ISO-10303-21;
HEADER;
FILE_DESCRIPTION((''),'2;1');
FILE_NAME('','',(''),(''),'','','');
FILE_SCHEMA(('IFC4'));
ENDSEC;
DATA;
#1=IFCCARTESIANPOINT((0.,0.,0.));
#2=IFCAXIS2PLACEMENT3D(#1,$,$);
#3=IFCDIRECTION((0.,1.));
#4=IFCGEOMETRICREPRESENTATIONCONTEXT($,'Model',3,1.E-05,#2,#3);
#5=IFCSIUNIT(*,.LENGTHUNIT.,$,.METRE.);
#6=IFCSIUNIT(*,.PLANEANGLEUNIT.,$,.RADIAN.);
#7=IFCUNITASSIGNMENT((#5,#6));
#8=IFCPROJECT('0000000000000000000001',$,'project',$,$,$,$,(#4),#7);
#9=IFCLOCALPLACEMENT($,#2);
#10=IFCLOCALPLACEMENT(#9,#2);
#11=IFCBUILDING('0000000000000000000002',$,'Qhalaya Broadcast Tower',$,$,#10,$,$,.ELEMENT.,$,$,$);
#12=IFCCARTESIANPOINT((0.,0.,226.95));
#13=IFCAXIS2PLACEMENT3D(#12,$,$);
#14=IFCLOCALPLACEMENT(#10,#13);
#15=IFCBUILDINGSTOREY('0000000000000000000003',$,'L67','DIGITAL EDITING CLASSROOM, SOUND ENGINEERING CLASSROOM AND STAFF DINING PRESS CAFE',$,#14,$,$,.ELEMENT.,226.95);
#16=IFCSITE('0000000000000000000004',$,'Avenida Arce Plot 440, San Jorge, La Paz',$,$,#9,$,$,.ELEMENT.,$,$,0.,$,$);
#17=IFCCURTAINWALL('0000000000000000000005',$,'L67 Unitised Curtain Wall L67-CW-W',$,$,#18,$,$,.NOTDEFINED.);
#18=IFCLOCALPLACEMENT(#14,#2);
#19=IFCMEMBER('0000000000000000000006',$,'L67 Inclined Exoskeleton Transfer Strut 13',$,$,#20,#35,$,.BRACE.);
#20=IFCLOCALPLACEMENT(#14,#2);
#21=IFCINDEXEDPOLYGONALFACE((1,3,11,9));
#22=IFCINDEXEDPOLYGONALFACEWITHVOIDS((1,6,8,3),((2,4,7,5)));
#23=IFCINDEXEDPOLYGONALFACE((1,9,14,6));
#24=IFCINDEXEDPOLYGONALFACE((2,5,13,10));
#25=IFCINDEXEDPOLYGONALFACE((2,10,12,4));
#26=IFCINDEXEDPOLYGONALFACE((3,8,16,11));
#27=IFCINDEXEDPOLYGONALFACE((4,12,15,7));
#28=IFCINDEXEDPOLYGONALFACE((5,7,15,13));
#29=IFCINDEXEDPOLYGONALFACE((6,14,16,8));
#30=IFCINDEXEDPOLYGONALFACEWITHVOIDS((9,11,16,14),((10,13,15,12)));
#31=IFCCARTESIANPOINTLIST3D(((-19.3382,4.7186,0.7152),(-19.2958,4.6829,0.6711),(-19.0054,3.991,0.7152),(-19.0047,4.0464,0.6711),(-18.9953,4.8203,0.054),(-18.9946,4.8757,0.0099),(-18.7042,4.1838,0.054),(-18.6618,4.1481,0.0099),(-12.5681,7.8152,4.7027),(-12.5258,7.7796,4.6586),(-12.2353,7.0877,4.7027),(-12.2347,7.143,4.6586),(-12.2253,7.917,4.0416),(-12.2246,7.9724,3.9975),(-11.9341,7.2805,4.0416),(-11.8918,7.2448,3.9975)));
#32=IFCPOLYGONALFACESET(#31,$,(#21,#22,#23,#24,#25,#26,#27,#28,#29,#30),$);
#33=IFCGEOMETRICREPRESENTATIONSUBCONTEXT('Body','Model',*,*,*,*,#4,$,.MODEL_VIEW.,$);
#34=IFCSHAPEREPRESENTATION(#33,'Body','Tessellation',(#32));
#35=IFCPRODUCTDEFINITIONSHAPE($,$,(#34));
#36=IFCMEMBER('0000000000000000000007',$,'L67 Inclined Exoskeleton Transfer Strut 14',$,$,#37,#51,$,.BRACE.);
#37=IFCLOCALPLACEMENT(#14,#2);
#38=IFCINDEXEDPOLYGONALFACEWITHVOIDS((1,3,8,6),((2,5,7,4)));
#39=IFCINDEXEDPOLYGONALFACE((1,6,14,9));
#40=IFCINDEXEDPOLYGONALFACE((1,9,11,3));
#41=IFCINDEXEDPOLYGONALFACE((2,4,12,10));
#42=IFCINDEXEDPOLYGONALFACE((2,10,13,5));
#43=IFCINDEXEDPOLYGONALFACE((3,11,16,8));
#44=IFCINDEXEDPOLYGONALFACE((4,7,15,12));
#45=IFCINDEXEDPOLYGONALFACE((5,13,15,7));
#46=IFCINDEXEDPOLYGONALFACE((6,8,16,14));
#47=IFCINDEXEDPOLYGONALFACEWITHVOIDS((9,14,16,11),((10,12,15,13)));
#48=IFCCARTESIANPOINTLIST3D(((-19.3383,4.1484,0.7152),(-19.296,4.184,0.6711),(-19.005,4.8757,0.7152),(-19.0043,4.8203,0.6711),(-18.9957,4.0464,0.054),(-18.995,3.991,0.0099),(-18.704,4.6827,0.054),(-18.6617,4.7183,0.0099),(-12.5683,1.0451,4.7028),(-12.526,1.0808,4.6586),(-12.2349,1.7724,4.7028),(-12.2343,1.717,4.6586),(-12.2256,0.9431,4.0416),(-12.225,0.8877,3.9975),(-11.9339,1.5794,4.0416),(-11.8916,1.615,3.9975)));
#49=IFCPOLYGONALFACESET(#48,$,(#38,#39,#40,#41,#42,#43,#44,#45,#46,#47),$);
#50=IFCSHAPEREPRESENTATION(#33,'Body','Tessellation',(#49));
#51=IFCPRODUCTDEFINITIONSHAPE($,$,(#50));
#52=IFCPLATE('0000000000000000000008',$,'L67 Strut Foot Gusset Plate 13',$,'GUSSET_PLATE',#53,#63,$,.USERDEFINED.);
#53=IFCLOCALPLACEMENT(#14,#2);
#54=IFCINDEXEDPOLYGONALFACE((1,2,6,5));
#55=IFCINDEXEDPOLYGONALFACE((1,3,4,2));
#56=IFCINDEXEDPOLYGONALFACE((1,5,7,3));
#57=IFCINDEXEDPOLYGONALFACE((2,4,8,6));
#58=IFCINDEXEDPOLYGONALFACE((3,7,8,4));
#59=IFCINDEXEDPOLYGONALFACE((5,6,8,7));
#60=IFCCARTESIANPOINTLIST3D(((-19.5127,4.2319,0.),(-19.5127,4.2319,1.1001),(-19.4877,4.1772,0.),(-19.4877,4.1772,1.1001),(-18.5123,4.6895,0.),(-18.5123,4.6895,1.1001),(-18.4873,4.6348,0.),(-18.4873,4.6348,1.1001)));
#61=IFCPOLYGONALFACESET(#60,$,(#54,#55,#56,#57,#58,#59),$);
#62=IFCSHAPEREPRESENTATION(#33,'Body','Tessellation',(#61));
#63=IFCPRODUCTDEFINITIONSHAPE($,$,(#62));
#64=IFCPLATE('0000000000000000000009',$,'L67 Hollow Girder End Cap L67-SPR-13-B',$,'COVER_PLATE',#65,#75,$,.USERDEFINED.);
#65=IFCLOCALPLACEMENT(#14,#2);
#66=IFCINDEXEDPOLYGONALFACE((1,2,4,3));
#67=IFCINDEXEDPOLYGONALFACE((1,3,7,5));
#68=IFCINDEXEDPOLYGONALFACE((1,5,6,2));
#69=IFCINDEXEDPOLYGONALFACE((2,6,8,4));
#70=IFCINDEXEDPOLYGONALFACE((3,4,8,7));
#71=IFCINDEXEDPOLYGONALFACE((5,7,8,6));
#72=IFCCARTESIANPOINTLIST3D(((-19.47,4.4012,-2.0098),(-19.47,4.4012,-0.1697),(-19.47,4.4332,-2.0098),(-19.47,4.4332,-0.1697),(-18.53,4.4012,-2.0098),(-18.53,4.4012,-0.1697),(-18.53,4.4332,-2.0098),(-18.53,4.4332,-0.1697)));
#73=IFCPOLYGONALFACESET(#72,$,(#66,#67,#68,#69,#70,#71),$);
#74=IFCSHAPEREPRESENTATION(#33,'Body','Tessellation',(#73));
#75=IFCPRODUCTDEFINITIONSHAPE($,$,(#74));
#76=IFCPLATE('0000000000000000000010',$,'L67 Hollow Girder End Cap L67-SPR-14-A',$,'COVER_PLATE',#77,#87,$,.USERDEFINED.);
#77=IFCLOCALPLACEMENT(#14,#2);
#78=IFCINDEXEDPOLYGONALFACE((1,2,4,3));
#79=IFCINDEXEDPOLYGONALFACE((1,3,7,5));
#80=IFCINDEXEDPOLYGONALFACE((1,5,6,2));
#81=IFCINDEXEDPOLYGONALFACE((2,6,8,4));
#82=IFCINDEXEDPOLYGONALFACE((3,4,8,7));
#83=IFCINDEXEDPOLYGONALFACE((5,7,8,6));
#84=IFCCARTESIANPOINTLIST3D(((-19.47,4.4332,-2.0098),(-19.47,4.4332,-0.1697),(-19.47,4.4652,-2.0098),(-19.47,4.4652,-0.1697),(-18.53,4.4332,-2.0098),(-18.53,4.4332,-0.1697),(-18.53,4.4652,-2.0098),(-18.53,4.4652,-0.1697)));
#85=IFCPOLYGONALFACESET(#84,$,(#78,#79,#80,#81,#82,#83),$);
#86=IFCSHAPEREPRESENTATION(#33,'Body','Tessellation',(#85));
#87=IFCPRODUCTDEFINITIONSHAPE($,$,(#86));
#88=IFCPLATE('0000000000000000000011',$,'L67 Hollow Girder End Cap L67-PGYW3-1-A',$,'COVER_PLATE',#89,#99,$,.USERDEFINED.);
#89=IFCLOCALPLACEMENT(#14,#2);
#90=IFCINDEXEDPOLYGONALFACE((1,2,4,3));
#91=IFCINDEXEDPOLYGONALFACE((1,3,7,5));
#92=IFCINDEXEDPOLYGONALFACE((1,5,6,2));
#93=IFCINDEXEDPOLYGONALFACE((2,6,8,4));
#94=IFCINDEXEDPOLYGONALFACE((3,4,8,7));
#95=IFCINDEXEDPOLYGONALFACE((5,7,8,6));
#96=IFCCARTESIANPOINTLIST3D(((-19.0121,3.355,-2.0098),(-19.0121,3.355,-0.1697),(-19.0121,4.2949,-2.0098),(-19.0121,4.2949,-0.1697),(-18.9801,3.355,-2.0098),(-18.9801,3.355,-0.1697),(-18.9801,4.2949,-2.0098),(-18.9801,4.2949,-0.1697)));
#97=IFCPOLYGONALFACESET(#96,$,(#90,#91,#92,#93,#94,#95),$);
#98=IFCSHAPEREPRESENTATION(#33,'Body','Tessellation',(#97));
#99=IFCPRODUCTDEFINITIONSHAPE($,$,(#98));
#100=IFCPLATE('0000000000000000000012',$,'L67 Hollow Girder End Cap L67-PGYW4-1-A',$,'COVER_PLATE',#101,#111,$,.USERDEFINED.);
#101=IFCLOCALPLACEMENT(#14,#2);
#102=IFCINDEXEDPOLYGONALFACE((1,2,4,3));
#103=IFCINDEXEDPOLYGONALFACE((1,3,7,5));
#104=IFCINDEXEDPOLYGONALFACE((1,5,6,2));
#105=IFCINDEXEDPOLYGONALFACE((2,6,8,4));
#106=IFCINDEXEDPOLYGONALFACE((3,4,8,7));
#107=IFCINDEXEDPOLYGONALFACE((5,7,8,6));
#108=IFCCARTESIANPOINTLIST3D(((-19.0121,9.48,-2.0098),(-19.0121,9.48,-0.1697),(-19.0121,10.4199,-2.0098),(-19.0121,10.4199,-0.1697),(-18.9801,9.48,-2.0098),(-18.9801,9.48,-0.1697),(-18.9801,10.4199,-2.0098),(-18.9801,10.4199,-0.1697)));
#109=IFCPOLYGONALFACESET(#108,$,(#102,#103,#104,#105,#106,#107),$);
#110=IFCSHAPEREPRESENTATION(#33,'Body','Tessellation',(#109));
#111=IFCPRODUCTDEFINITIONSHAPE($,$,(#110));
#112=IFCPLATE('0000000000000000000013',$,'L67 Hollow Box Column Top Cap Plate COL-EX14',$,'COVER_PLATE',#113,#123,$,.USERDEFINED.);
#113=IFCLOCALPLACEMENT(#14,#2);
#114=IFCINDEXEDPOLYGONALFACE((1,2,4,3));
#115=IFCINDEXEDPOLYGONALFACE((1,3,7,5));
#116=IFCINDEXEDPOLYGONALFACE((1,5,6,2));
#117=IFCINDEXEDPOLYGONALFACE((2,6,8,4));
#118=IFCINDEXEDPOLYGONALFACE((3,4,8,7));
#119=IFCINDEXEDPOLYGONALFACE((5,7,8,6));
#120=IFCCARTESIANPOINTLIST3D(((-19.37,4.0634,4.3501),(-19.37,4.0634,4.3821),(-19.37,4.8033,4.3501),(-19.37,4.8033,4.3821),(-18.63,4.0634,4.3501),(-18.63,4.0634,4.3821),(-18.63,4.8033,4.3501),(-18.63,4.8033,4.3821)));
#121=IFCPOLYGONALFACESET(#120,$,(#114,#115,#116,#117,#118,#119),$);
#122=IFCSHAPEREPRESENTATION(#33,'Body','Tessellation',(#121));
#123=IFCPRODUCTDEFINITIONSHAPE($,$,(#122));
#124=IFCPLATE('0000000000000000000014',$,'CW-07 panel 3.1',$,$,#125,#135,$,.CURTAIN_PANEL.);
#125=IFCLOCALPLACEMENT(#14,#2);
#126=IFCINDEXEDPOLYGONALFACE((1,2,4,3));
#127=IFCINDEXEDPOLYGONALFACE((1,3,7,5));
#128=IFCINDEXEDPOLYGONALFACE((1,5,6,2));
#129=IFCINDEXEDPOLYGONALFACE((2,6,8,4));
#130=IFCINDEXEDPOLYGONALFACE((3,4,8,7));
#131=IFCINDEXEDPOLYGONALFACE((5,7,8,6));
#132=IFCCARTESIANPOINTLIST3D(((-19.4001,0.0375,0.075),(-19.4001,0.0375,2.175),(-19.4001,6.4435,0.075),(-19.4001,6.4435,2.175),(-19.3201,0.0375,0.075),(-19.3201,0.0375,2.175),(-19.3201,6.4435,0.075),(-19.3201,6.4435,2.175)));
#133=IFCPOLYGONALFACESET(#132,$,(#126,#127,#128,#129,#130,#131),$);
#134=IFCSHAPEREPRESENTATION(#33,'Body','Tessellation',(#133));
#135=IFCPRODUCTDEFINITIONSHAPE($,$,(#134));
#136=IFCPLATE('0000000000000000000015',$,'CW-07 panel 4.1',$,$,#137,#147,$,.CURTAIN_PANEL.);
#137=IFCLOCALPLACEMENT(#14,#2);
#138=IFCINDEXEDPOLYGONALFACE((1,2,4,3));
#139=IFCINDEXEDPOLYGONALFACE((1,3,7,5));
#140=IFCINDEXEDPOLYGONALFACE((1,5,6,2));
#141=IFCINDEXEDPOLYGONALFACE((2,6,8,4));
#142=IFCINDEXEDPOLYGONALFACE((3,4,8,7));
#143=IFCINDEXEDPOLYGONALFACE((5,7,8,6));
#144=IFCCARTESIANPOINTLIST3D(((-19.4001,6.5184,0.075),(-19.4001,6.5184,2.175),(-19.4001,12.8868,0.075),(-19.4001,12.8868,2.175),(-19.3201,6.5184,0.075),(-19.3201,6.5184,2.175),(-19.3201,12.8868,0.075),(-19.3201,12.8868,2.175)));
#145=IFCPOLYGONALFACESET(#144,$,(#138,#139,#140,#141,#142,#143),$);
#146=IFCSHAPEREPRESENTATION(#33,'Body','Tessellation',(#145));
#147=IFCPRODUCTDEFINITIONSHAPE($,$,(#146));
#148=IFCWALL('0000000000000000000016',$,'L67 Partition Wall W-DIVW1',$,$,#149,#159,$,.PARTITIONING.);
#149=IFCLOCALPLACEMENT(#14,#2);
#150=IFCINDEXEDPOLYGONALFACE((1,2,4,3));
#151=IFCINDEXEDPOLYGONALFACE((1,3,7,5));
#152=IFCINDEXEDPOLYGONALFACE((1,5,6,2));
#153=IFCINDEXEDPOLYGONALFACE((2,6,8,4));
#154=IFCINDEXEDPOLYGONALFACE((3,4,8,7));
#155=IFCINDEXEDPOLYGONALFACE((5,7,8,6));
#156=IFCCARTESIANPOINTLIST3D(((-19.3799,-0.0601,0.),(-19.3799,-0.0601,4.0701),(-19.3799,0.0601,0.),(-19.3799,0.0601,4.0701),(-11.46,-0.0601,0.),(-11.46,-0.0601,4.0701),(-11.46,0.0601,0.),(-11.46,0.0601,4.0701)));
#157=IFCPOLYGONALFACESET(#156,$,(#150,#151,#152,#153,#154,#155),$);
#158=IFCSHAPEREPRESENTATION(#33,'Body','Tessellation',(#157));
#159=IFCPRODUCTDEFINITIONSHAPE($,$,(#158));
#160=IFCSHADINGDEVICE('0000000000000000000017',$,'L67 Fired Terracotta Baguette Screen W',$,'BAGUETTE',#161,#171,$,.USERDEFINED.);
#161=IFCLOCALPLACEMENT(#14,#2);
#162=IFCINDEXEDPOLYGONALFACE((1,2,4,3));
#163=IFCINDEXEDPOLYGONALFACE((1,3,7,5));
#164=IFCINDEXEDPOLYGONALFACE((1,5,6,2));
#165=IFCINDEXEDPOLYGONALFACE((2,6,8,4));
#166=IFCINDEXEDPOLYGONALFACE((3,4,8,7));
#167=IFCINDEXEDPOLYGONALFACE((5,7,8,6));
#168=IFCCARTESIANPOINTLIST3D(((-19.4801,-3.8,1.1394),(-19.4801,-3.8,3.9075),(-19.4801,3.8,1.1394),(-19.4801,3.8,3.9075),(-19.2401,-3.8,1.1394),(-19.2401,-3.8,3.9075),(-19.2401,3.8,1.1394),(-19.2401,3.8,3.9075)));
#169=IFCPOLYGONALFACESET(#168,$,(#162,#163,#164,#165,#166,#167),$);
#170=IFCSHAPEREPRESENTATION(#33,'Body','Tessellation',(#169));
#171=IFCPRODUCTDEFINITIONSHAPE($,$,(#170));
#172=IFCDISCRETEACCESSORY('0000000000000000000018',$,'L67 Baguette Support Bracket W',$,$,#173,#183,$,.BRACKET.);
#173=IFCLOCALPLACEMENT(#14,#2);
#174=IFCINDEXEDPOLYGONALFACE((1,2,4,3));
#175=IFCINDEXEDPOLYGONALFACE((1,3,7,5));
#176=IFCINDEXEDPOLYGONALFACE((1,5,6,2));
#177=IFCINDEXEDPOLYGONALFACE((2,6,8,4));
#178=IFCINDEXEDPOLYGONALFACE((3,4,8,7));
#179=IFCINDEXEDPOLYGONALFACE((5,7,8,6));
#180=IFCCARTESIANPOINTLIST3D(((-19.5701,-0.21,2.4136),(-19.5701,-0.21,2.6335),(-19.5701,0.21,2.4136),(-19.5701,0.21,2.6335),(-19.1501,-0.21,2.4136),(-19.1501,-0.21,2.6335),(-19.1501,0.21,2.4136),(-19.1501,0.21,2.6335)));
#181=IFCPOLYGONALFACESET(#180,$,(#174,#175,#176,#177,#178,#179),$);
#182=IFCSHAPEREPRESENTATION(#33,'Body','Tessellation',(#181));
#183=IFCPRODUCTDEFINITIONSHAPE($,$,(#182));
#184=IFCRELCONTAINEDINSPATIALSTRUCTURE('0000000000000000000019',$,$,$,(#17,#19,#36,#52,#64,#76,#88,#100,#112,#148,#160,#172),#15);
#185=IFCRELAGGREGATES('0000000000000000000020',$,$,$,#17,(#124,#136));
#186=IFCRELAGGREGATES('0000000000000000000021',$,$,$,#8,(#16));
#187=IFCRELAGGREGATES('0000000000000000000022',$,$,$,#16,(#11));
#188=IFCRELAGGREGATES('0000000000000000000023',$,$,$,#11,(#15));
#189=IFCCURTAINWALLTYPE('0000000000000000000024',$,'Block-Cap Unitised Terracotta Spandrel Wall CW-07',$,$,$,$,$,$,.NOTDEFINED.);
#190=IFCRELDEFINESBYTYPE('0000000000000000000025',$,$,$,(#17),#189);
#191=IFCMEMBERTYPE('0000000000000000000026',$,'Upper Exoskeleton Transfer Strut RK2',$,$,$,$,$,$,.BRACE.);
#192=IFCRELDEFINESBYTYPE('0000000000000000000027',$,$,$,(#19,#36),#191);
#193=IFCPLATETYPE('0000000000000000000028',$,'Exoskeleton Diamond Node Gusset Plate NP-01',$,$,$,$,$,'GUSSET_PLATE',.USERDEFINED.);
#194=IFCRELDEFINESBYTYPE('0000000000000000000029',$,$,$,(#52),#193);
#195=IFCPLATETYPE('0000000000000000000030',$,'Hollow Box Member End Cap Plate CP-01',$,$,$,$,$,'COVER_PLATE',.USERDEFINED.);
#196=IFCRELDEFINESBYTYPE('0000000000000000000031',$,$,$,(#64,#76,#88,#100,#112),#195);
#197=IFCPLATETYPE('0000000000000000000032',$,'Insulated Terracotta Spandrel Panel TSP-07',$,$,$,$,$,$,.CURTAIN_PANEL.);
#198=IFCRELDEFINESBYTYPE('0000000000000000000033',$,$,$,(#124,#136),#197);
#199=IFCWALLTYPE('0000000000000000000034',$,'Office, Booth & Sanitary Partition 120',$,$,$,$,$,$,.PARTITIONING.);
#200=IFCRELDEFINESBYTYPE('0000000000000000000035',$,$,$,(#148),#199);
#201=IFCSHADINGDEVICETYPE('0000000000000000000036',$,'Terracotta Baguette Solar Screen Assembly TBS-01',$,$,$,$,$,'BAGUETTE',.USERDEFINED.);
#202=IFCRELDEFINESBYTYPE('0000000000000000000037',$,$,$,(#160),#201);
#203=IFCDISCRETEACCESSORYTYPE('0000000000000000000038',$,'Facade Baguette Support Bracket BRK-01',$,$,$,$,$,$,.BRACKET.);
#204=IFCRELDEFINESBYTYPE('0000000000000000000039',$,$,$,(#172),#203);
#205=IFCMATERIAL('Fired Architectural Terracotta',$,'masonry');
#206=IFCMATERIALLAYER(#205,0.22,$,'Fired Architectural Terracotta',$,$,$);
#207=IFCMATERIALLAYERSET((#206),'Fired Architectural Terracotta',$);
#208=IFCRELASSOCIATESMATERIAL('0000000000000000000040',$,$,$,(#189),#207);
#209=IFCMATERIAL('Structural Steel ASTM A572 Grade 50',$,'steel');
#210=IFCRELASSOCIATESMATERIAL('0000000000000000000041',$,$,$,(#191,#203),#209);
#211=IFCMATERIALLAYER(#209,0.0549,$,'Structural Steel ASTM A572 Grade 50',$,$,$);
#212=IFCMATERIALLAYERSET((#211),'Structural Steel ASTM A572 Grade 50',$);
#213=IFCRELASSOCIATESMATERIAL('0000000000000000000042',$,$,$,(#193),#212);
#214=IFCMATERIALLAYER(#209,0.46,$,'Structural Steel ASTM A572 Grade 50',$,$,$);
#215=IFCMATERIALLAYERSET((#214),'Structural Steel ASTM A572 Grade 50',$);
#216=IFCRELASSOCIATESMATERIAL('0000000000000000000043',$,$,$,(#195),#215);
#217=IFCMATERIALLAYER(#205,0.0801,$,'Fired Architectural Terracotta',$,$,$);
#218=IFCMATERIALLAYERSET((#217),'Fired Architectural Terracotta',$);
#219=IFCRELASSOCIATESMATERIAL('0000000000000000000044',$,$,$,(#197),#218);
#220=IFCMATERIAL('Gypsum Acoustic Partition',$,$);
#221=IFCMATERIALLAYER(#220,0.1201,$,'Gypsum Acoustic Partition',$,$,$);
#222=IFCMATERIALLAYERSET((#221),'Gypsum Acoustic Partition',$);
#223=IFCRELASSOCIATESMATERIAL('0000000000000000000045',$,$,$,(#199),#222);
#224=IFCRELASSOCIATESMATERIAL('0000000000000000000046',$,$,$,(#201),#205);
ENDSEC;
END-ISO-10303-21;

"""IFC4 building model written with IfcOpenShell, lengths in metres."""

from ifc_helpers import new_model, si_unit, direction, frame, frame_2d, origin, origin_2d, place, context, subcontext, project, spatial, rectangle, hollow_rectangle, extrude, material, layer, layer_set, material_profile, profile_set, type_object, element, aggregate, save


model = new_model("IFC4")

# Units and contexts
model_context = context("Model", 3, precision=1e-05, world=origin(), true_north=direction((0.0, 1.0)))
body_context = subcontext(model_context, "Body", "Model", "MODEL_VIEW")
ifc_project = project(units=[si_unit("LENGTHUNIT", "METRE"), si_unit("PLANEANGLEUNIT", "RADIAN")], contexts=[model_context])

# Site, building, storey
site_placement = place(None, origin())
site = spatial("IfcSite", under=ifc_project, at=site_placement, Name="Avenida Arce Plot 440, San Jorge, La Paz", CompositionType="ELEMENT", RefElevation=0.0)
building_placement = place(site_placement, origin())
building = spatial("IfcBuilding", under=site, at=building_placement, Name="Qhalaya Broadcast Tower", CompositionType="ELEMENT")
storey_placement = place(building_placement, frame((0.0, 0.0, 226.95)))
storey = spatial("IfcBuildingStorey", under=building, at=storey_placement, Name="L67", Description="DIGITAL EDITING CLASSROOM, SOUND ENGINEERING CLASSROOM AND STAFF DINING PRESS CAFE", CompositionType="ELEMENT", Elevation=226.95)

# Shared definitions
ifc_material_1 = material(Name="Structural Steel ASTM A572 Grade 50", Category="steel")

# Curtain wall
ifc_material_2 = material(Name="Fired Architectural Terracotta", Category="masonry")
ifc_layer_1 = layer(ifc_material_2, 0.22, Name="Fired Architectural Terracotta")
ifc_layer_set_1 = layer_set([ifc_layer_1], Name="Fired Architectural Terracotta")
curtain_wall_type = type_object("IfcCurtainWallType", Name="Block-Cap Unitised Terracotta Spandrel Wall CW-07", PredefinedType="NOTDEFINED", material=ifc_layer_set_1)
curtain_wall_placement = place(storey_placement, origin())
curtain_wall = element("IfcCurtainWall", 1, at=curtain_wall_placement, inside=storey, type_object=curtain_wall_type, Name="L67 Unitised Curtain Wall L67-CW-W", PredefinedType="NOTDEFINED")

# Members
ifc_material_profile_1 = material_profile(ifc_material_1, hollow_rectangle(XDim=0.8, YDim=0.8, WallThickness=0.05, at=origin_2d()), Name="BOX 800x800x50")
ifc_profile_set_1 = profile_set([ifc_material_profile_1], Name="Structural Steel ASTM A572 Grade 50")
member_type_1 = type_object("IfcMemberType", Name="Upper Exoskeleton Transfer Strut RK2", PredefinedType="BRACE", material=ifc_profile_set_1)
member_1_placement = place(storey_placement, frame((-19.0, 4.4333, 0.3625), z_axis=(0.801631, 0.366675, 0.472162), x_axis=(-0.415961, 0.909382, 0.0)))
element("IfcMember", 2, at=member_1_placement, inside=storey, type_object=member_type_1, Name="L67 Inclined Exoskeleton Transfer Strut 13", PredefinedType="BRACE", context=body_context, shape_type="SweptSolid", body=[
    extrude(hollow_rectangle(XDim=0.8, YDim=0.8, WallThickness=0.05, at=origin_2d()), origin(), (0.0, 0.0, 1.0), 8.4453),
])
member_2_placement = place(storey_placement, frame((-19.0, 4.4333, 0.3625), z_axis=(0.801402, -0.36735, 0.472027), x_axis=(0.416693, 0.909047, 0.0)))
element("IfcMember", 3, at=member_2_placement, inside=storey, type_object=member_type_1, Name="L67 Inclined Exoskeleton Transfer Strut 14", PredefinedType="BRACE", context=body_context, shape_type="SweptSolid", body=[
    extrude(hollow_rectangle(XDim=0.8, YDim=0.8, WallThickness=0.05, at=origin_2d()), origin(), (0.0, 0.0, 1.0), 8.4478),
])

# Plates
ifc_layer_2 = layer(ifc_material_1, 0.0549, Name="Structural Steel ASTM A572 Grade 50")
ifc_layer_set_2 = layer_set([ifc_layer_2], Name="Structural Steel ASTM A572 Grade 50")
plate_type_1 = type_object("IfcPlateType", Name="Exoskeleton Diamond Node Gusset Plate NP-01", ElementType="GUSSET_PLATE", PredefinedType="USERDEFINED", material=ifc_layer_set_2)
plate_1_placement = place(storey_placement, frame((-19.0, 4.4333, 0.0), z_axis=(0.0, 0.0, 1.0), x_axis=(0.909381, 0.415963, 0.0)))
element("IfcPlate", 4, at=plate_1_placement, inside=storey, type_object=plate_type_1, Name="L67 Strut Foot Gusset Plate 13", ObjectType="GUSSET_PLATE", PredefinedType="USERDEFINED", context=body_context, shape_type="SweptSolid", body=[
    extrude(rectangle(XDim=1.1001, YDim=0.0601, at=origin_2d()), origin(), (0.0, 0.0, 1.0), 1.1001),
])
ifc_layer_3 = layer(ifc_material_1, 0.46, Name="Structural Steel ASTM A572 Grade 50")
ifc_layer_set_3 = layer_set([ifc_layer_3], Name="Structural Steel ASTM A572 Grade 50")
plate_type_2 = type_object("IfcPlateType", Name="Hollow Box Member End Cap Plate CP-01", ElementType="COVER_PLATE", PredefinedType="USERDEFINED", material=ifc_layer_set_3)
for number, where, z_axis, x_axis, name in (
    (5, (-19.0, 4.4172, -2.0098), (0.0, 0.0, 1.0), (1.0, 0.0, 0.0), "L67 Hollow Girder End Cap L67-SPR-13-B"),
    (6, (-19.0, 4.4492, -2.0098), (0.0, 0.0, 1.0), (1.0, 0.0, 0.0), "L67 Hollow Girder End Cap L67-SPR-14-A"),
    (7, (-18.9961, 3.825, -2.0098), (0.0, 0.0, 1.0), (0.0, 1.0, 0.0), "L67 Hollow Girder End Cap L67-PGYW3-1-A"),
    (8, (-18.9961, 9.95, -2.0098), (0.0, 0.0, 1.0), (0.0, 1.0, 0.0), "L67 Hollow Girder End Cap L67-PGYW4-1-A"),
):
    element("IfcPlate", number, at=place(storey_placement, frame(where, z_axis=z_axis, x_axis=x_axis)), inside=storey, type_object=plate_type_2, Name=name, ObjectType="COVER_PLATE", PredefinedType="USERDEFINED", context=body_context, shape_type="SweptSolid", body=[
        extrude(rectangle(XDim=0.9399, YDim=0.032, at=origin_2d()), origin(), (0.0, 0.0, 1.0), 1.8401),
    ])
plate_2_placement = place(storey_placement, frame((-19.0, 4.4333, 4.3501), z_axis=(0.0, 0.0, 1.0), x_axis=(0.0, 1.0, 0.0)))
element("IfcPlate", 9, at=plate_2_placement, inside=storey, type_object=plate_type_2, Name="L67 Hollow Box Column Top Cap Plate COL-EX14", ObjectType="COVER_PLATE", PredefinedType="USERDEFINED", context=body_context, shape_type="SweptSolid", body=[
    extrude(rectangle(XDim=0.74, YDim=0.74, at=origin_2d()), origin(), (0.0, 0.0, 1.0), 0.032),
])

# Plates
ifc_layer_4 = layer(ifc_material_2, 0.0801, Name="Fired Architectural Terracotta")
ifc_layer_set_4 = layer_set([ifc_layer_4], Name="Fired Architectural Terracotta")
plate_type_3 = type_object("IfcPlateType", Name="Insulated Terracotta Spandrel Panel TSP-07", PredefinedType="CURTAIN_PANEL", material=ifc_layer_set_4)
plate_3_placement = place(storey_placement, frame((-19.3601, 3.2405, 0.075), z_axis=(0.0, 0.0, 1.0), x_axis=(0.0, 1.0, 0.0)))
plate_3 = element("IfcPlate", 10, at=plate_3_placement, type_object=plate_type_3, Name="CW-07 panel 3.1", PredefinedType="CURTAIN_PANEL", context=body_context, shape_type="SweptSolid", body=[
    extrude(rectangle(XDim=6.406, YDim=0.0801, at=origin_2d()), origin(), (0.0, 0.0, 1.0), 2.1001),
])
plate_4_placement = place(storey_placement, frame((-19.3601, 9.7026, 0.075), z_axis=(0.0, 0.0, 1.0), x_axis=(0.0, 1.0, 0.0)))
plate_4 = element("IfcPlate", 11, at=plate_4_placement, type_object=plate_type_3, Name="CW-07 panel 4.1", PredefinedType="CURTAIN_PANEL", context=body_context, shape_type="SweptSolid", body=[
    extrude(rectangle(XDim=6.3684, YDim=0.0801, at=origin_2d()), origin(), (0.0, 0.0, 1.0), 2.1001),
])
aggregate(curtain_wall, [plate_3, plate_4])

# Wall
ifc_material_3 = material(Name="Gypsum Acoustic Partition")
ifc_layer_5 = layer(ifc_material_3, 0.1201, Name="Gypsum Acoustic Partition")
ifc_layer_set_5 = layer_set([ifc_layer_5], Name="Gypsum Acoustic Partition")
wall_type = type_object("IfcWallType", Name="Office, Booth & Sanitary Partition 120", PredefinedType="PARTITIONING", material=ifc_layer_set_5)
wall_placement = place(storey_placement, frame((-19.3799, 0.0, 0.0), z_axis=(0.0, 0.0, 1.0), x_axis=(1.0, 0.0, 0.0)))
element("IfcWall", 12, at=wall_placement, inside=storey, type_object=wall_type, Name="L67 Partition Wall W-DIVW1", PredefinedType="PARTITIONING", context=body_context, shape_type="SweptSolid", body=[
    extrude(rectangle(XDim=7.9199, YDim=0.1201, at=frame_2d((3.96, 0.0))), origin(), (0.0, 0.0, 1.0), 4.0701),
])

# Shading device
shading_device_type = type_object("IfcShadingDeviceType", Name="Terracotta Baguette Solar Screen Assembly TBS-01", ElementType="BAGUETTE", PredefinedType="USERDEFINED", material=ifc_material_2)
shading_device_placement = place(storey_placement, frame((-19.3601, 0.0, 1.1394), z_axis=(0.0, 0.0, 1.0), x_axis=(0.0, -1.0, 0.0)))
element("IfcShadingDevice", 13, at=shading_device_placement, inside=storey, type_object=shading_device_type, Name="L67 Fired Terracotta Baguette Screen W", ObjectType="BAGUETTE", PredefinedType="USERDEFINED", context=body_context, shape_type="SweptSolid", body=[
    extrude(rectangle(XDim=7.6001, YDim=0.24, at=origin_2d()), origin(), (0.0, 0.0, 1.0), 2.7681),
])

# Discrete accessory
discrete_accessory_type = type_object("IfcDiscreteAccessoryType", Name="Facade Baguette Support Bracket BRK-01", PredefinedType="BRACKET", material=ifc_material_1)
discrete_accessory_placement = place(storey_placement, frame((-19.3601, 0.0, 2.4136), z_axis=(0.0, 0.0, 1.0), x_axis=(0.0, -1.0, 0.0)))
element("IfcDiscreteAccessory", 14, at=discrete_accessory_placement, inside=storey, type_object=discrete_accessory_type, Name="L67 Baguette Support Bracket W", PredefinedType="BRACKET", context=body_context, shape_type="SweptSolid", body=[
    extrude(rectangle(XDim=0.4199, YDim=0.4199, at=origin_2d()), origin(), (0.0, 0.0, 1.0), 0.22),
])

save(model, "model.ifc")
